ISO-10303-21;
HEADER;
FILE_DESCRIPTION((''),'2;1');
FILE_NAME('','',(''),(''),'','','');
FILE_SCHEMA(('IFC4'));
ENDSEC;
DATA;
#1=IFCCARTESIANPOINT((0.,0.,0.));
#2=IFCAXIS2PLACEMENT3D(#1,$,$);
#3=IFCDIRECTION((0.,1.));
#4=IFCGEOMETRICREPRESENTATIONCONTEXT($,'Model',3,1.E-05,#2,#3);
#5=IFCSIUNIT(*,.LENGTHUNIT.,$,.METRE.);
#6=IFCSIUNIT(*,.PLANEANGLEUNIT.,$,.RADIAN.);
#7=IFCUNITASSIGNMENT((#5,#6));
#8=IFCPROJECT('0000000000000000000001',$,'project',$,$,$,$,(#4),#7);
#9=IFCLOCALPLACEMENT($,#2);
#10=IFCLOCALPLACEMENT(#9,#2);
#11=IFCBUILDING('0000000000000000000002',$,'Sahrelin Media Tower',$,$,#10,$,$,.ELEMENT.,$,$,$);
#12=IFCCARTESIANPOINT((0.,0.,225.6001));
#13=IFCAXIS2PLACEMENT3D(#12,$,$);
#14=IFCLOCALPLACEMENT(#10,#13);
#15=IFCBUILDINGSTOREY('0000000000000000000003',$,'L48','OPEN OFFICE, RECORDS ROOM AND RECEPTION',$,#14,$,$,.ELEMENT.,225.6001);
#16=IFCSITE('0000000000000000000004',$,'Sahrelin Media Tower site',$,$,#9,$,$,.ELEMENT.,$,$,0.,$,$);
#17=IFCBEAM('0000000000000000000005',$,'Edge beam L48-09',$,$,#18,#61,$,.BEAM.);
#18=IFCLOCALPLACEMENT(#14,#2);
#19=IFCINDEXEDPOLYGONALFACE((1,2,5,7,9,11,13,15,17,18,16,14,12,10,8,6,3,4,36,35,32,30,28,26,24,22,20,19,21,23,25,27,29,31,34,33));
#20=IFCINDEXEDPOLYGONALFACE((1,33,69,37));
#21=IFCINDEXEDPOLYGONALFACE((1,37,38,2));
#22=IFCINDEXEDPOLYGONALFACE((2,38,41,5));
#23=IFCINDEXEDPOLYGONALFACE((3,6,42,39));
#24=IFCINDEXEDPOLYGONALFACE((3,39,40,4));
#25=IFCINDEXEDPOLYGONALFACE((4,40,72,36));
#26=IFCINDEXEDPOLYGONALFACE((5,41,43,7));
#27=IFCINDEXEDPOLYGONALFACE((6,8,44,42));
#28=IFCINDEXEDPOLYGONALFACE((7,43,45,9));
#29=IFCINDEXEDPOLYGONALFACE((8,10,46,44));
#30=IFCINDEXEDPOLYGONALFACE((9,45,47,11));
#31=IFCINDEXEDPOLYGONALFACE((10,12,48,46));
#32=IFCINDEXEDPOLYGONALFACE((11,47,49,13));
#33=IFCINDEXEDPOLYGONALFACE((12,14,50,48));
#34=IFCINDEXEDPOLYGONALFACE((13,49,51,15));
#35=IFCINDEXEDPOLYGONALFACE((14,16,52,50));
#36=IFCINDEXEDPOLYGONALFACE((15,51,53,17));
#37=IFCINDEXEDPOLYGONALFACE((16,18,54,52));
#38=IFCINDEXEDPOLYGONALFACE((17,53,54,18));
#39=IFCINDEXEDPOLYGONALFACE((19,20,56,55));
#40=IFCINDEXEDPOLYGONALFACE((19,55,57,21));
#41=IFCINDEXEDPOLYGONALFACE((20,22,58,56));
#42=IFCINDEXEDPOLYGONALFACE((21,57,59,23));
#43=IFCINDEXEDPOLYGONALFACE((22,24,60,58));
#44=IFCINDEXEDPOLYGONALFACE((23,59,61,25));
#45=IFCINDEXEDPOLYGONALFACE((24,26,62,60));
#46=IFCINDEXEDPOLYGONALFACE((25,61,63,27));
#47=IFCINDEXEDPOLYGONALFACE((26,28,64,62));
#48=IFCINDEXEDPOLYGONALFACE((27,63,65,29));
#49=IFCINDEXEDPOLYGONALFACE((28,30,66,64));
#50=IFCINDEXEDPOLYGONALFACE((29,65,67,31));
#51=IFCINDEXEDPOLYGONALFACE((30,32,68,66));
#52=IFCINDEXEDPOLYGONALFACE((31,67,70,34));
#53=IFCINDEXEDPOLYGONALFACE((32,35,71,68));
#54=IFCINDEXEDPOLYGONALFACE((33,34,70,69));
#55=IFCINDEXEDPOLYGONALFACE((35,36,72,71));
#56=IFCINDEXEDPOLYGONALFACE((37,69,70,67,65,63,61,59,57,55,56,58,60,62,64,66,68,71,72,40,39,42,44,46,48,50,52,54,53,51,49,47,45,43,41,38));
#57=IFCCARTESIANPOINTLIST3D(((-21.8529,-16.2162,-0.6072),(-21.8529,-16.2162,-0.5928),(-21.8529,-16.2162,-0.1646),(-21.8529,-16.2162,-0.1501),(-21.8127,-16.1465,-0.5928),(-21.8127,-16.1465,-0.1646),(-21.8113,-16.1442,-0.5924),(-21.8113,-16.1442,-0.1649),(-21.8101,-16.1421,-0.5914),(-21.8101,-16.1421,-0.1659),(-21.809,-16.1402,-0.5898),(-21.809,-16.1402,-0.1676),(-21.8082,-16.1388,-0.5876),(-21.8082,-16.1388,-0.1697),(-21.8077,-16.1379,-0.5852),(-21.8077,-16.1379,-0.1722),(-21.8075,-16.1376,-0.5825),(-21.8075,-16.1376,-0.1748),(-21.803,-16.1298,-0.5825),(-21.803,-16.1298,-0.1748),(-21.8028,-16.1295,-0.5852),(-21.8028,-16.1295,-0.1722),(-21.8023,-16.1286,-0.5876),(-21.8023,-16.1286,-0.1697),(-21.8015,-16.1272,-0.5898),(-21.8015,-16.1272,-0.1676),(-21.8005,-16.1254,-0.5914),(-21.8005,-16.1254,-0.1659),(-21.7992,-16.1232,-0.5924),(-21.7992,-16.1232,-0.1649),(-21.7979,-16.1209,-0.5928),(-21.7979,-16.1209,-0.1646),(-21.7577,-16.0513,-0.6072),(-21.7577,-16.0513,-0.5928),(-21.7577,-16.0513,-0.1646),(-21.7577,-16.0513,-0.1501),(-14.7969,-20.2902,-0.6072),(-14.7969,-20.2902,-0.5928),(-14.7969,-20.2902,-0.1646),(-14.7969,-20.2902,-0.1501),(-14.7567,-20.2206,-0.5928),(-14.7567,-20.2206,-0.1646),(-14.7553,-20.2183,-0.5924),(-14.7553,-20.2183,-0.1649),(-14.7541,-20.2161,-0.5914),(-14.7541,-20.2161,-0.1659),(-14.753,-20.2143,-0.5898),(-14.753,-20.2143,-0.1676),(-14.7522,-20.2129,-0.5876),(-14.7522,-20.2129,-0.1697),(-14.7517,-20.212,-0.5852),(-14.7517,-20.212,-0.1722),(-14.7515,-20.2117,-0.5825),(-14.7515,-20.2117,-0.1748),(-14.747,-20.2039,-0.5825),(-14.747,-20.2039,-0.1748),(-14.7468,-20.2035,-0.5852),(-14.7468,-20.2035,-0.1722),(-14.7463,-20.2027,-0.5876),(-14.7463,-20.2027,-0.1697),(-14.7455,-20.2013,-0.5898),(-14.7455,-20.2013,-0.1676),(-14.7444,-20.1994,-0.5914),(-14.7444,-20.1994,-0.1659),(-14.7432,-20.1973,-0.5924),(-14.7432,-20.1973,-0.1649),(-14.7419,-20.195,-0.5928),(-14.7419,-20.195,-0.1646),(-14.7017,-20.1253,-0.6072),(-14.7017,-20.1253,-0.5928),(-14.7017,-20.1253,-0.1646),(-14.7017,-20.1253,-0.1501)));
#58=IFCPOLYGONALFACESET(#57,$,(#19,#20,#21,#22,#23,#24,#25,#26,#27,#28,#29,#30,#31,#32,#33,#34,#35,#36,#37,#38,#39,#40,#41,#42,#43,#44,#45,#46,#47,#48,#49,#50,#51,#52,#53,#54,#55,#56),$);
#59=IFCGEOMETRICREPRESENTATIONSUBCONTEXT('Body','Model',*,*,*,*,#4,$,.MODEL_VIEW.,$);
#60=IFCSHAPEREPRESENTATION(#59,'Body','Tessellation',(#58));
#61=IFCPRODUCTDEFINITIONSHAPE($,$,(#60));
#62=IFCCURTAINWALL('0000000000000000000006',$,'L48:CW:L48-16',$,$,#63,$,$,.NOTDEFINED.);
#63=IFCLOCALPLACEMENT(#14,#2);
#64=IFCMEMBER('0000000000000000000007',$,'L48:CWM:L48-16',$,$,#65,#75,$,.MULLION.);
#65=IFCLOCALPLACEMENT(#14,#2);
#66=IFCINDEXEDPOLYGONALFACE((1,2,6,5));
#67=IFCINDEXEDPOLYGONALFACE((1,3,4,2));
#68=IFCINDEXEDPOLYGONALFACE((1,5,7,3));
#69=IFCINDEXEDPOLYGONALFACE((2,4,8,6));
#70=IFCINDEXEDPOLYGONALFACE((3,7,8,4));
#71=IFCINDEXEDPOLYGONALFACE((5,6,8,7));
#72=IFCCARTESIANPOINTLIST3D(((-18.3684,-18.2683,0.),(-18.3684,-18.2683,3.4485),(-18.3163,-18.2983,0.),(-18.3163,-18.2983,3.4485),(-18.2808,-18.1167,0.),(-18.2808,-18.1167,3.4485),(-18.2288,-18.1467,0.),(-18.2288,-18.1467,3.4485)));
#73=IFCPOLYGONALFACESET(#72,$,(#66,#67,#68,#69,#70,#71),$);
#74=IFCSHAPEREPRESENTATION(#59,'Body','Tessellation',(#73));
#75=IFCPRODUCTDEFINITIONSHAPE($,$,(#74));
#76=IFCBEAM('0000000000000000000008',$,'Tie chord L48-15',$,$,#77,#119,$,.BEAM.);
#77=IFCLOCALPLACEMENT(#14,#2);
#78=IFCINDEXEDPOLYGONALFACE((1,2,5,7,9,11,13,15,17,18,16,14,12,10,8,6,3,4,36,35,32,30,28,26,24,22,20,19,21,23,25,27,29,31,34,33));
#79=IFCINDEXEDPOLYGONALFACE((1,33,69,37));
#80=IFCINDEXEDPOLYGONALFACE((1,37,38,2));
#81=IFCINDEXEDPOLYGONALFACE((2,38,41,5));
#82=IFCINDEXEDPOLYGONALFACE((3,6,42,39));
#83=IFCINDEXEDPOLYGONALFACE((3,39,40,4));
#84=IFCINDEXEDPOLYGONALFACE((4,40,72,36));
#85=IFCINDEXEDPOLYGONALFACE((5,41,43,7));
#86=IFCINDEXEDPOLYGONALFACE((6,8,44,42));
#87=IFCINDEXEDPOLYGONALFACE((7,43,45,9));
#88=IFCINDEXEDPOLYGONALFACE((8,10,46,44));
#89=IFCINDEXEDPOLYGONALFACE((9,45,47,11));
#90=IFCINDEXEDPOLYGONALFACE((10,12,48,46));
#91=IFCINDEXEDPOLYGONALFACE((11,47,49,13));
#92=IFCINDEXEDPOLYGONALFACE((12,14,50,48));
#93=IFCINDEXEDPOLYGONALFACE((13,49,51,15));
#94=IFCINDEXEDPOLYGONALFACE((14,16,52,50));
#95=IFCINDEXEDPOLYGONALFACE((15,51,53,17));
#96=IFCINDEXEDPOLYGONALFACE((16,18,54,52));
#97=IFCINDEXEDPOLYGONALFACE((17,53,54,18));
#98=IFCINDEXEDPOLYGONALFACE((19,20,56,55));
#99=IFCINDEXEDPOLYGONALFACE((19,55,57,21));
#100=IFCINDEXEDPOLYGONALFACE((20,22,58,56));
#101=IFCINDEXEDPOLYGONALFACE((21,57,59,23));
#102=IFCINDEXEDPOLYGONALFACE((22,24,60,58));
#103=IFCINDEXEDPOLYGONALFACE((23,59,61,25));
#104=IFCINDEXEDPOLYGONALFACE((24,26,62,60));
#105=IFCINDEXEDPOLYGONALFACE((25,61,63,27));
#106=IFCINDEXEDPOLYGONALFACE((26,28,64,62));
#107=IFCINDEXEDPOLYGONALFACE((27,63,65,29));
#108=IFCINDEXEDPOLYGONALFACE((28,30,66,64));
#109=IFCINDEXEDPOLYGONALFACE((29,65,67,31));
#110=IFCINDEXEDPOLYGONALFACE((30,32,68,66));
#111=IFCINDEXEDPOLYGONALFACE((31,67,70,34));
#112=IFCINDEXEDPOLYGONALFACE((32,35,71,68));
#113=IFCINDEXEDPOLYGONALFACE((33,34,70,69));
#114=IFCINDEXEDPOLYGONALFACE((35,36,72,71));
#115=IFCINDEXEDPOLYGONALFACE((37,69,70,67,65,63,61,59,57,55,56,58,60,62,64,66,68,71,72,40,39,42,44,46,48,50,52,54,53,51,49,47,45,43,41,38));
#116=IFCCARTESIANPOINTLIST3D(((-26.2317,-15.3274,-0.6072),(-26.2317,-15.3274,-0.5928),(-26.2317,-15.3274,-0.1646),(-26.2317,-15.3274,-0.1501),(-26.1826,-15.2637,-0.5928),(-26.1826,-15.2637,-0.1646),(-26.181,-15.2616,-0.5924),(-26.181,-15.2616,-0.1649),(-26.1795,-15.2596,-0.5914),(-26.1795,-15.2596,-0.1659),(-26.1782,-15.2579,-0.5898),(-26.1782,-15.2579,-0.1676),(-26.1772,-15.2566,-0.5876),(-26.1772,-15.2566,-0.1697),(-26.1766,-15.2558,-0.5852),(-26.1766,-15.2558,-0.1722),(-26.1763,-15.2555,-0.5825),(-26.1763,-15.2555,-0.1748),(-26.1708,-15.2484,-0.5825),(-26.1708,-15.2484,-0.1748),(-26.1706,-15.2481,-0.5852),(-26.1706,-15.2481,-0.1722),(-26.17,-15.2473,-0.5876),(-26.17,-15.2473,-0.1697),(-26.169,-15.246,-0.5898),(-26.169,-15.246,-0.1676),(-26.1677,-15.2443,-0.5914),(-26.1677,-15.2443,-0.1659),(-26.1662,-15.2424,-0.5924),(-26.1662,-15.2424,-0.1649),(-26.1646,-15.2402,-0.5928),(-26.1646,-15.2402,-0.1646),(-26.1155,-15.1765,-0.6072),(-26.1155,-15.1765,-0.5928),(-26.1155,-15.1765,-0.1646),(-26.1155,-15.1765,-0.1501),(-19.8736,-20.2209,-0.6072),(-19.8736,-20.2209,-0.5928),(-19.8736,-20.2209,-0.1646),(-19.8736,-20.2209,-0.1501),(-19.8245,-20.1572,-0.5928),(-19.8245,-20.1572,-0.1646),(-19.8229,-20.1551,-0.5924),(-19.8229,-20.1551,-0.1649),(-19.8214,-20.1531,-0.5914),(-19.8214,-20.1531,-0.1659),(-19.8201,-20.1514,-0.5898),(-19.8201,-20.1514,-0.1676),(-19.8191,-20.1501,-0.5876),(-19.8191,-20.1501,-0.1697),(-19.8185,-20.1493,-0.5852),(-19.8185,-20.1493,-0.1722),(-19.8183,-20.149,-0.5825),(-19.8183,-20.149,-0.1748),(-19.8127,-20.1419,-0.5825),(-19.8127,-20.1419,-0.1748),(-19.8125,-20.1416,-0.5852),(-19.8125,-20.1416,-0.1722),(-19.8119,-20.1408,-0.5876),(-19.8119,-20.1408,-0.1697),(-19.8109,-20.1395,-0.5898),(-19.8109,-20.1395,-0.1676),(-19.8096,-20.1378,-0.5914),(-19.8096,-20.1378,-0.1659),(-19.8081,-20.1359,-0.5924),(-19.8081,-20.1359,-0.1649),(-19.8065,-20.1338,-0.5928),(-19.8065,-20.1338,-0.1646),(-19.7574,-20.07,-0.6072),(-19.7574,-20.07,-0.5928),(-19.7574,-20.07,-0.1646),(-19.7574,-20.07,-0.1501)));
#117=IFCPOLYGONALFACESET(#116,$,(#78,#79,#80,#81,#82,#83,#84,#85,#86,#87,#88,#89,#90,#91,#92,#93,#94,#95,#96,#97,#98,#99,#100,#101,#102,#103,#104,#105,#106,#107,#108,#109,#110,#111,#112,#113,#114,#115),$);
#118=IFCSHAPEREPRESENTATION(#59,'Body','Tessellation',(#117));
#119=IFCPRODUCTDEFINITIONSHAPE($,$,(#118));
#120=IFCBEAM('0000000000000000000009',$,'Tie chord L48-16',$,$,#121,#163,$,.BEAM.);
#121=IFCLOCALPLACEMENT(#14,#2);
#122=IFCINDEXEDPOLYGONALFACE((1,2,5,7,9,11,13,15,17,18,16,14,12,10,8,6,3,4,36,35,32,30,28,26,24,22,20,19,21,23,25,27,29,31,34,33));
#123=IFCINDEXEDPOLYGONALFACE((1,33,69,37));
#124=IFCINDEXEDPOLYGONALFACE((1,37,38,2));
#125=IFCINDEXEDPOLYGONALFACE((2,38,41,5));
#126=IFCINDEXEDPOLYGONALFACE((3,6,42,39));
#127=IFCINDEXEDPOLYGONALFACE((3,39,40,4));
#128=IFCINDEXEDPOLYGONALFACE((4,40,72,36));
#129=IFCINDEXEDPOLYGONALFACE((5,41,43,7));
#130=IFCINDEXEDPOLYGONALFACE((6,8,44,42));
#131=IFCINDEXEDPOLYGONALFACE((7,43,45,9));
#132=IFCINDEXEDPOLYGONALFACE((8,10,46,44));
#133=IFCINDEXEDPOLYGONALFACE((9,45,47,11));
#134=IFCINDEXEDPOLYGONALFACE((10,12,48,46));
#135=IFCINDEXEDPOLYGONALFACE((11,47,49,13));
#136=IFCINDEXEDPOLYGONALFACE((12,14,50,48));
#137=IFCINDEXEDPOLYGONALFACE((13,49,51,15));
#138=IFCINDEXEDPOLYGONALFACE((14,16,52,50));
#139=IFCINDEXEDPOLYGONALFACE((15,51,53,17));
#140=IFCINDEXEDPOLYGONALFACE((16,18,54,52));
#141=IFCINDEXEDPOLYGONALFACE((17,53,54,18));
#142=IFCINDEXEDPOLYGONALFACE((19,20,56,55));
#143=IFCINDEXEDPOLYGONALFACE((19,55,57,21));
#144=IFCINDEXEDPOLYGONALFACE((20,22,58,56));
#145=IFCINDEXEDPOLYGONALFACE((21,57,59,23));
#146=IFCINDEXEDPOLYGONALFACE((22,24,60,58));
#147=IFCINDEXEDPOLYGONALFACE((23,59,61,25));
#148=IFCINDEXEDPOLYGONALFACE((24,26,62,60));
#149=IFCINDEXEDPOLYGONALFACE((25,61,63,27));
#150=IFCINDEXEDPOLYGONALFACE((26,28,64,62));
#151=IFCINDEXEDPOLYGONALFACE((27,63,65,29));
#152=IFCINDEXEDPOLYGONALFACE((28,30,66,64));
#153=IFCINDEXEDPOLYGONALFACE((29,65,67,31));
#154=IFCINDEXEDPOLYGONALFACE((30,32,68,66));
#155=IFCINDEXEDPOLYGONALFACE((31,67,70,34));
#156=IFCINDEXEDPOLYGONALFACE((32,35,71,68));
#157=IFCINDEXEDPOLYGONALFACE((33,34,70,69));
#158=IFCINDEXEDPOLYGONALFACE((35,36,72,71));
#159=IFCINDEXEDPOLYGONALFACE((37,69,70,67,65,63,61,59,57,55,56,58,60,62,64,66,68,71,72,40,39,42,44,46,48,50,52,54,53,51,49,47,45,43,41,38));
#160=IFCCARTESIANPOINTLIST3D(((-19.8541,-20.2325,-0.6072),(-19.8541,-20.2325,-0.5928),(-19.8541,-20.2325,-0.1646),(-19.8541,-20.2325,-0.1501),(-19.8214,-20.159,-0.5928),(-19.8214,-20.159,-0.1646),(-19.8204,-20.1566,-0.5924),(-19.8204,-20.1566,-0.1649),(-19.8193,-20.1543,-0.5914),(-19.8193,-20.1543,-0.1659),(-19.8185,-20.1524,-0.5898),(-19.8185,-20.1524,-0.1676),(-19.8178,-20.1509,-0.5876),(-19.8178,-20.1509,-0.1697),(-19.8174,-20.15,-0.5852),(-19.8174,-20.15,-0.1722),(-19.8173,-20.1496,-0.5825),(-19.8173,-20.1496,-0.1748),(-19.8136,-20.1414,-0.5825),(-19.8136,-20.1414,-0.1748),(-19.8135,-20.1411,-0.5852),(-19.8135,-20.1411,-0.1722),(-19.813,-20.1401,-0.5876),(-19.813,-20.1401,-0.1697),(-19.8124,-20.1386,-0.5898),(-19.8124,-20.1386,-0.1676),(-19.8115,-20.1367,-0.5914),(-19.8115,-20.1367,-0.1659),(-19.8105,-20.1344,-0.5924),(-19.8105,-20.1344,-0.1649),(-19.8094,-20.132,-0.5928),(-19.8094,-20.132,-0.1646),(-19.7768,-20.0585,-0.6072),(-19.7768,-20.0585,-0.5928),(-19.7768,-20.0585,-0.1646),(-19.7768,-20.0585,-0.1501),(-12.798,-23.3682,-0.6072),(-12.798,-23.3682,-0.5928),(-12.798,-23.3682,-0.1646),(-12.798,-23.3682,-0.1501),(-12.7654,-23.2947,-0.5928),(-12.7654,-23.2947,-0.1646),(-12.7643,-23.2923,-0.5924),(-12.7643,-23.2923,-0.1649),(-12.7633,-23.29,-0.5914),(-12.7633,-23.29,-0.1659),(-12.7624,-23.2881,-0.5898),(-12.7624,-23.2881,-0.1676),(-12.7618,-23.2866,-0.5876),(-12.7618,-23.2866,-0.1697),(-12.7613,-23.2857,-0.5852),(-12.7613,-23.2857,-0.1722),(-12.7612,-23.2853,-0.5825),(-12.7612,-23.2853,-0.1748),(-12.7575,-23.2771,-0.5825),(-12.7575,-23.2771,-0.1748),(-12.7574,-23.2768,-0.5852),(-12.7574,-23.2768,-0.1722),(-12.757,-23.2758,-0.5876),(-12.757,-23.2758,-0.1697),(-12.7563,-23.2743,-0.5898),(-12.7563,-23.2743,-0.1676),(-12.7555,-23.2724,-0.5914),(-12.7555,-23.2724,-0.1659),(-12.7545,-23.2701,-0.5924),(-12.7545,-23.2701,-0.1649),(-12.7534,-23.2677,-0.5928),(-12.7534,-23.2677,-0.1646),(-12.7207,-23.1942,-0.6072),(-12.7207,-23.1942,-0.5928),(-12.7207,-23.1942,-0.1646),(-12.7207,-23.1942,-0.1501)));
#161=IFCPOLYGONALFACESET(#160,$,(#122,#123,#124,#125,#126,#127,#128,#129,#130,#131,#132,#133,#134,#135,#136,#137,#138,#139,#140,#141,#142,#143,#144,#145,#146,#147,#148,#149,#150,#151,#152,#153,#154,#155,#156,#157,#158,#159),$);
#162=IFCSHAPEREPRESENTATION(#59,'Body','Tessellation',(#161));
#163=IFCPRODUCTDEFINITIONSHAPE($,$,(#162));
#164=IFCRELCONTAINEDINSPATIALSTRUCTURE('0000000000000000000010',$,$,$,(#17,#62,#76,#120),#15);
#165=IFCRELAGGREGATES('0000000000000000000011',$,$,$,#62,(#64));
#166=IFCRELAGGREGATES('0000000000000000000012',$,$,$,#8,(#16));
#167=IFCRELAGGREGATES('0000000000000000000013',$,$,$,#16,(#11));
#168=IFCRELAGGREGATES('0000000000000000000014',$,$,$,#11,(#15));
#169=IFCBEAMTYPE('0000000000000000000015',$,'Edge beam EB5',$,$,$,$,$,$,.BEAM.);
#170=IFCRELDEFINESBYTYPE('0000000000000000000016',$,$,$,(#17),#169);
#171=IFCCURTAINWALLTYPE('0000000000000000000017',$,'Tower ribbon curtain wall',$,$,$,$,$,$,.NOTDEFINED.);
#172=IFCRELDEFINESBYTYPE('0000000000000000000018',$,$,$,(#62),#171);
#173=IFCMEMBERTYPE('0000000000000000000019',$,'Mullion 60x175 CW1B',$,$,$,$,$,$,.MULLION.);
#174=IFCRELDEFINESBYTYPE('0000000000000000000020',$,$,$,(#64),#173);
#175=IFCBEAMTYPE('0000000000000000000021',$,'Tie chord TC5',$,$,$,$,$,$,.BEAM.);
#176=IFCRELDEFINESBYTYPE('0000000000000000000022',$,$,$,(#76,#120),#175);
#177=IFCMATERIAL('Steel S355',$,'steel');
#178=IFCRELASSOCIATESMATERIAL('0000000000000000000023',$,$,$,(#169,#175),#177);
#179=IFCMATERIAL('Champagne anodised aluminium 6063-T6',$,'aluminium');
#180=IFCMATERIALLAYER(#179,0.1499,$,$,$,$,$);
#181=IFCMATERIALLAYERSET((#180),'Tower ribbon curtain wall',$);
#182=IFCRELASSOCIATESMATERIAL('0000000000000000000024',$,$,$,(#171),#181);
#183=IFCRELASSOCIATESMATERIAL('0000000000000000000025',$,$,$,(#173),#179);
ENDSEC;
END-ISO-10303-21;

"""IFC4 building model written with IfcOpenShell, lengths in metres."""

from ifc_helpers import new_model, si_unit, direction, frame, origin, origin_2d, place, context, subcontext, project, spatial, rectangle, i_section, extrude, material, layer, layer_set, material_profile, profile_set, type_object, element, aggregate, save


model = new_model("IFC4")

# Units and contexts
model_context = context("Model", 3, precision=1e-05, world=origin(), true_north=direction((0.0, 1.0)))
body_context = subcontext(model_context, "Body", "Model", "MODEL_VIEW")
ifc_project = project(units=[si_unit("LENGTHUNIT", "METRE"), si_unit("PLANEANGLEUNIT", "RADIAN")], contexts=[model_context])

# Site, building, storey
site_placement = place(None, origin())
site = spatial("IfcSite", under=ifc_project, at=site_placement, Name="Sahrelin Media Tower site", CompositionType="ELEMENT", RefElevation=0.0)
building_placement = place(site_placement, origin())
building = spatial("IfcBuilding", under=site, at=building_placement, Name="Sahrelin Media Tower", CompositionType="ELEMENT")
storey_placement = place(building_placement, frame((0.0, 0.0, 225.6001)))
storey = spatial("IfcBuildingStorey", under=building, at=storey_placement, Name="L48", Description="OPEN OFFICE, RECORDS ROOM AND RECEPTION", CompositionType="ELEMENT", Elevation=225.6001)

# Beam
ifc_material_1 = material(Name="Steel S355", Category="steel")
ifc_material_profile_1 = material_profile(ifc_material_1, i_section(OverallWidth=0.1904, OverallDepth=0.457, WebThickness=0.009, FlangeThickness=0.0144, FilletRadius=0.0103, at=origin_2d()), Name="UB 457x191x74")
ifc_profile_set_1 = profile_set([ifc_material_profile_1], Name="Steel S355")
beam_type_1 = type_object("IfcBeamType", Name="Edge beam EB5", PredefinedType="BEAM", material=ifc_profile_set_1)
beam_1_placement = place(storey_placement, frame((-14.7493, -20.2078, -0.3787), z_axis=(-0.866012, 0.500022, 0.0), x_axis=(-0.500022, -0.866012, 0.0)))
element("IfcBeam", 1, at=beam_1_placement, inside=storey, type_object=beam_type_1, Name="Edge beam L48-09", PredefinedType="BEAM", context=body_context, shape_type="SweptSolid", body=[
    extrude(i_section(OverallWidth=0.1904, OverallDepth=0.457, WebThickness=0.009, FlangeThickness=0.0144, FilletRadius=0.0103, at=origin_2d()), origin(), (0.0, 0.0, 1.0), 8.1477),
])

# Curtain wall, member
ifc_material_2 = material(Name="Champagne anodised aluminium 6063-T6", Category="aluminium")
ifc_layer_1 = layer(ifc_material_2, 0.1499)
ifc_layer_set_1 = layer_set([ifc_layer_1], Name="Tower ribbon curtain wall")
curtain_wall_type = type_object("IfcCurtainWallType", Name="Tower ribbon curtain wall", PredefinedType="NOTDEFINED", material=ifc_layer_set_1)
curtain_wall_1_placement = place(storey_placement, frame((-18.3523, -18.3008, 0.0), z_axis=(0.0, 0.0, 1.0), x_axis=(1.0, 0.0, 0.0)))
curtain_wall_1 = element("IfcCurtainWall", 2, at=curtain_wall_1_placement, inside=storey, type_object=curtain_wall_type, Name="L48:CW:L48-16", PredefinedType="NOTDEFINED")
ifc_material_profile_2 = material_profile(ifc_material_2, rectangle(XDim=0.0601, YDim=0.175, at=origin_2d()), Name="Mullion 60x175")
ifc_profile_set_2 = profile_set([ifc_material_profile_2], Name="Champagne anodised aluminium 6063-T6")
member_type_1 = type_object("IfcMemberType", Name="Mullion 60x175 CW1B", PredefinedType="MULLION", material=ifc_profile_set_2)
member_1_placement = place(storey_placement, frame((-18.2986, -18.2075, 0.0), z_axis=(0.0, 0.0, 1.0), x_axis=(0.866026, -0.499998, 0.0)))
member_1 = element("IfcMember", 3, at=member_1_placement, type_object=member_type_1, Name="L48:CWM:L48-16", PredefinedType="MULLION", context=body_context, shape_type="SweptSolid", body=[
    extrude(rectangle(XDim=0.0601, YDim=0.175, at=origin_2d()), origin(), (0.0, 0.0, 1.0), 3.4485),
])

# Beams
ifc_material_profile_3 = material_profile(ifc_material_1, i_section(OverallWidth=0.1904, OverallDepth=0.457, WebThickness=0.009, FlangeThickness=0.0144, FilletRadius=0.0103, at=origin_2d()), Name="UB 457x191x74")
ifc_profile_set_3 = profile_set([ifc_material_profile_3], Name="Steel S355")
beam_type_2 = type_object("IfcBeamType", Name="Tie chord TC5", PredefinedType="BEAM", material=ifc_profile_set_3)
beam_2_placement = place(storey_placement, frame((-26.1736, -15.252, -0.3787), z_axis=(0.792463, -0.60992, 0.0), x_axis=(0.60992, 0.792463, 0.0)))
element("IfcBeam", 4, at=beam_2_placement, inside=storey, type_object=beam_type_2, Name="Tie chord L48-15", PredefinedType="BEAM", context=body_context, shape_type="SweptSolid", body=[
    extrude(i_section(OverallWidth=0.1904, OverallDepth=0.457, WebThickness=0.009, FlangeThickness=0.0144, FilletRadius=0.0103, at=origin_2d()), origin(), (0.0, 0.0, 1.0), 8.0232),
])
beam_3_placement = place(storey_placement, frame((-19.8154, -20.1455, -0.3787), z_axis=(0.913827, -0.406103, 0.0), x_axis=(0.406103, 0.913827, 0.0)))
element("IfcBeam", 5, at=beam_3_placement, inside=storey, type_object=beam_type_2, Name="Tie chord L48-16", PredefinedType="BEAM", context=body_context, shape_type="SweptSolid", body=[
    extrude(i_section(OverallWidth=0.1904, OverallDepth=0.457, WebThickness=0.009, FlangeThickness=0.0144, FilletRadius=0.0103, at=origin_2d()), origin(), (0.0, 0.0, 1.0), 7.7214),
])

aggregate(curtain_wall_1, [member_1])

save(model, "model.ifc")
